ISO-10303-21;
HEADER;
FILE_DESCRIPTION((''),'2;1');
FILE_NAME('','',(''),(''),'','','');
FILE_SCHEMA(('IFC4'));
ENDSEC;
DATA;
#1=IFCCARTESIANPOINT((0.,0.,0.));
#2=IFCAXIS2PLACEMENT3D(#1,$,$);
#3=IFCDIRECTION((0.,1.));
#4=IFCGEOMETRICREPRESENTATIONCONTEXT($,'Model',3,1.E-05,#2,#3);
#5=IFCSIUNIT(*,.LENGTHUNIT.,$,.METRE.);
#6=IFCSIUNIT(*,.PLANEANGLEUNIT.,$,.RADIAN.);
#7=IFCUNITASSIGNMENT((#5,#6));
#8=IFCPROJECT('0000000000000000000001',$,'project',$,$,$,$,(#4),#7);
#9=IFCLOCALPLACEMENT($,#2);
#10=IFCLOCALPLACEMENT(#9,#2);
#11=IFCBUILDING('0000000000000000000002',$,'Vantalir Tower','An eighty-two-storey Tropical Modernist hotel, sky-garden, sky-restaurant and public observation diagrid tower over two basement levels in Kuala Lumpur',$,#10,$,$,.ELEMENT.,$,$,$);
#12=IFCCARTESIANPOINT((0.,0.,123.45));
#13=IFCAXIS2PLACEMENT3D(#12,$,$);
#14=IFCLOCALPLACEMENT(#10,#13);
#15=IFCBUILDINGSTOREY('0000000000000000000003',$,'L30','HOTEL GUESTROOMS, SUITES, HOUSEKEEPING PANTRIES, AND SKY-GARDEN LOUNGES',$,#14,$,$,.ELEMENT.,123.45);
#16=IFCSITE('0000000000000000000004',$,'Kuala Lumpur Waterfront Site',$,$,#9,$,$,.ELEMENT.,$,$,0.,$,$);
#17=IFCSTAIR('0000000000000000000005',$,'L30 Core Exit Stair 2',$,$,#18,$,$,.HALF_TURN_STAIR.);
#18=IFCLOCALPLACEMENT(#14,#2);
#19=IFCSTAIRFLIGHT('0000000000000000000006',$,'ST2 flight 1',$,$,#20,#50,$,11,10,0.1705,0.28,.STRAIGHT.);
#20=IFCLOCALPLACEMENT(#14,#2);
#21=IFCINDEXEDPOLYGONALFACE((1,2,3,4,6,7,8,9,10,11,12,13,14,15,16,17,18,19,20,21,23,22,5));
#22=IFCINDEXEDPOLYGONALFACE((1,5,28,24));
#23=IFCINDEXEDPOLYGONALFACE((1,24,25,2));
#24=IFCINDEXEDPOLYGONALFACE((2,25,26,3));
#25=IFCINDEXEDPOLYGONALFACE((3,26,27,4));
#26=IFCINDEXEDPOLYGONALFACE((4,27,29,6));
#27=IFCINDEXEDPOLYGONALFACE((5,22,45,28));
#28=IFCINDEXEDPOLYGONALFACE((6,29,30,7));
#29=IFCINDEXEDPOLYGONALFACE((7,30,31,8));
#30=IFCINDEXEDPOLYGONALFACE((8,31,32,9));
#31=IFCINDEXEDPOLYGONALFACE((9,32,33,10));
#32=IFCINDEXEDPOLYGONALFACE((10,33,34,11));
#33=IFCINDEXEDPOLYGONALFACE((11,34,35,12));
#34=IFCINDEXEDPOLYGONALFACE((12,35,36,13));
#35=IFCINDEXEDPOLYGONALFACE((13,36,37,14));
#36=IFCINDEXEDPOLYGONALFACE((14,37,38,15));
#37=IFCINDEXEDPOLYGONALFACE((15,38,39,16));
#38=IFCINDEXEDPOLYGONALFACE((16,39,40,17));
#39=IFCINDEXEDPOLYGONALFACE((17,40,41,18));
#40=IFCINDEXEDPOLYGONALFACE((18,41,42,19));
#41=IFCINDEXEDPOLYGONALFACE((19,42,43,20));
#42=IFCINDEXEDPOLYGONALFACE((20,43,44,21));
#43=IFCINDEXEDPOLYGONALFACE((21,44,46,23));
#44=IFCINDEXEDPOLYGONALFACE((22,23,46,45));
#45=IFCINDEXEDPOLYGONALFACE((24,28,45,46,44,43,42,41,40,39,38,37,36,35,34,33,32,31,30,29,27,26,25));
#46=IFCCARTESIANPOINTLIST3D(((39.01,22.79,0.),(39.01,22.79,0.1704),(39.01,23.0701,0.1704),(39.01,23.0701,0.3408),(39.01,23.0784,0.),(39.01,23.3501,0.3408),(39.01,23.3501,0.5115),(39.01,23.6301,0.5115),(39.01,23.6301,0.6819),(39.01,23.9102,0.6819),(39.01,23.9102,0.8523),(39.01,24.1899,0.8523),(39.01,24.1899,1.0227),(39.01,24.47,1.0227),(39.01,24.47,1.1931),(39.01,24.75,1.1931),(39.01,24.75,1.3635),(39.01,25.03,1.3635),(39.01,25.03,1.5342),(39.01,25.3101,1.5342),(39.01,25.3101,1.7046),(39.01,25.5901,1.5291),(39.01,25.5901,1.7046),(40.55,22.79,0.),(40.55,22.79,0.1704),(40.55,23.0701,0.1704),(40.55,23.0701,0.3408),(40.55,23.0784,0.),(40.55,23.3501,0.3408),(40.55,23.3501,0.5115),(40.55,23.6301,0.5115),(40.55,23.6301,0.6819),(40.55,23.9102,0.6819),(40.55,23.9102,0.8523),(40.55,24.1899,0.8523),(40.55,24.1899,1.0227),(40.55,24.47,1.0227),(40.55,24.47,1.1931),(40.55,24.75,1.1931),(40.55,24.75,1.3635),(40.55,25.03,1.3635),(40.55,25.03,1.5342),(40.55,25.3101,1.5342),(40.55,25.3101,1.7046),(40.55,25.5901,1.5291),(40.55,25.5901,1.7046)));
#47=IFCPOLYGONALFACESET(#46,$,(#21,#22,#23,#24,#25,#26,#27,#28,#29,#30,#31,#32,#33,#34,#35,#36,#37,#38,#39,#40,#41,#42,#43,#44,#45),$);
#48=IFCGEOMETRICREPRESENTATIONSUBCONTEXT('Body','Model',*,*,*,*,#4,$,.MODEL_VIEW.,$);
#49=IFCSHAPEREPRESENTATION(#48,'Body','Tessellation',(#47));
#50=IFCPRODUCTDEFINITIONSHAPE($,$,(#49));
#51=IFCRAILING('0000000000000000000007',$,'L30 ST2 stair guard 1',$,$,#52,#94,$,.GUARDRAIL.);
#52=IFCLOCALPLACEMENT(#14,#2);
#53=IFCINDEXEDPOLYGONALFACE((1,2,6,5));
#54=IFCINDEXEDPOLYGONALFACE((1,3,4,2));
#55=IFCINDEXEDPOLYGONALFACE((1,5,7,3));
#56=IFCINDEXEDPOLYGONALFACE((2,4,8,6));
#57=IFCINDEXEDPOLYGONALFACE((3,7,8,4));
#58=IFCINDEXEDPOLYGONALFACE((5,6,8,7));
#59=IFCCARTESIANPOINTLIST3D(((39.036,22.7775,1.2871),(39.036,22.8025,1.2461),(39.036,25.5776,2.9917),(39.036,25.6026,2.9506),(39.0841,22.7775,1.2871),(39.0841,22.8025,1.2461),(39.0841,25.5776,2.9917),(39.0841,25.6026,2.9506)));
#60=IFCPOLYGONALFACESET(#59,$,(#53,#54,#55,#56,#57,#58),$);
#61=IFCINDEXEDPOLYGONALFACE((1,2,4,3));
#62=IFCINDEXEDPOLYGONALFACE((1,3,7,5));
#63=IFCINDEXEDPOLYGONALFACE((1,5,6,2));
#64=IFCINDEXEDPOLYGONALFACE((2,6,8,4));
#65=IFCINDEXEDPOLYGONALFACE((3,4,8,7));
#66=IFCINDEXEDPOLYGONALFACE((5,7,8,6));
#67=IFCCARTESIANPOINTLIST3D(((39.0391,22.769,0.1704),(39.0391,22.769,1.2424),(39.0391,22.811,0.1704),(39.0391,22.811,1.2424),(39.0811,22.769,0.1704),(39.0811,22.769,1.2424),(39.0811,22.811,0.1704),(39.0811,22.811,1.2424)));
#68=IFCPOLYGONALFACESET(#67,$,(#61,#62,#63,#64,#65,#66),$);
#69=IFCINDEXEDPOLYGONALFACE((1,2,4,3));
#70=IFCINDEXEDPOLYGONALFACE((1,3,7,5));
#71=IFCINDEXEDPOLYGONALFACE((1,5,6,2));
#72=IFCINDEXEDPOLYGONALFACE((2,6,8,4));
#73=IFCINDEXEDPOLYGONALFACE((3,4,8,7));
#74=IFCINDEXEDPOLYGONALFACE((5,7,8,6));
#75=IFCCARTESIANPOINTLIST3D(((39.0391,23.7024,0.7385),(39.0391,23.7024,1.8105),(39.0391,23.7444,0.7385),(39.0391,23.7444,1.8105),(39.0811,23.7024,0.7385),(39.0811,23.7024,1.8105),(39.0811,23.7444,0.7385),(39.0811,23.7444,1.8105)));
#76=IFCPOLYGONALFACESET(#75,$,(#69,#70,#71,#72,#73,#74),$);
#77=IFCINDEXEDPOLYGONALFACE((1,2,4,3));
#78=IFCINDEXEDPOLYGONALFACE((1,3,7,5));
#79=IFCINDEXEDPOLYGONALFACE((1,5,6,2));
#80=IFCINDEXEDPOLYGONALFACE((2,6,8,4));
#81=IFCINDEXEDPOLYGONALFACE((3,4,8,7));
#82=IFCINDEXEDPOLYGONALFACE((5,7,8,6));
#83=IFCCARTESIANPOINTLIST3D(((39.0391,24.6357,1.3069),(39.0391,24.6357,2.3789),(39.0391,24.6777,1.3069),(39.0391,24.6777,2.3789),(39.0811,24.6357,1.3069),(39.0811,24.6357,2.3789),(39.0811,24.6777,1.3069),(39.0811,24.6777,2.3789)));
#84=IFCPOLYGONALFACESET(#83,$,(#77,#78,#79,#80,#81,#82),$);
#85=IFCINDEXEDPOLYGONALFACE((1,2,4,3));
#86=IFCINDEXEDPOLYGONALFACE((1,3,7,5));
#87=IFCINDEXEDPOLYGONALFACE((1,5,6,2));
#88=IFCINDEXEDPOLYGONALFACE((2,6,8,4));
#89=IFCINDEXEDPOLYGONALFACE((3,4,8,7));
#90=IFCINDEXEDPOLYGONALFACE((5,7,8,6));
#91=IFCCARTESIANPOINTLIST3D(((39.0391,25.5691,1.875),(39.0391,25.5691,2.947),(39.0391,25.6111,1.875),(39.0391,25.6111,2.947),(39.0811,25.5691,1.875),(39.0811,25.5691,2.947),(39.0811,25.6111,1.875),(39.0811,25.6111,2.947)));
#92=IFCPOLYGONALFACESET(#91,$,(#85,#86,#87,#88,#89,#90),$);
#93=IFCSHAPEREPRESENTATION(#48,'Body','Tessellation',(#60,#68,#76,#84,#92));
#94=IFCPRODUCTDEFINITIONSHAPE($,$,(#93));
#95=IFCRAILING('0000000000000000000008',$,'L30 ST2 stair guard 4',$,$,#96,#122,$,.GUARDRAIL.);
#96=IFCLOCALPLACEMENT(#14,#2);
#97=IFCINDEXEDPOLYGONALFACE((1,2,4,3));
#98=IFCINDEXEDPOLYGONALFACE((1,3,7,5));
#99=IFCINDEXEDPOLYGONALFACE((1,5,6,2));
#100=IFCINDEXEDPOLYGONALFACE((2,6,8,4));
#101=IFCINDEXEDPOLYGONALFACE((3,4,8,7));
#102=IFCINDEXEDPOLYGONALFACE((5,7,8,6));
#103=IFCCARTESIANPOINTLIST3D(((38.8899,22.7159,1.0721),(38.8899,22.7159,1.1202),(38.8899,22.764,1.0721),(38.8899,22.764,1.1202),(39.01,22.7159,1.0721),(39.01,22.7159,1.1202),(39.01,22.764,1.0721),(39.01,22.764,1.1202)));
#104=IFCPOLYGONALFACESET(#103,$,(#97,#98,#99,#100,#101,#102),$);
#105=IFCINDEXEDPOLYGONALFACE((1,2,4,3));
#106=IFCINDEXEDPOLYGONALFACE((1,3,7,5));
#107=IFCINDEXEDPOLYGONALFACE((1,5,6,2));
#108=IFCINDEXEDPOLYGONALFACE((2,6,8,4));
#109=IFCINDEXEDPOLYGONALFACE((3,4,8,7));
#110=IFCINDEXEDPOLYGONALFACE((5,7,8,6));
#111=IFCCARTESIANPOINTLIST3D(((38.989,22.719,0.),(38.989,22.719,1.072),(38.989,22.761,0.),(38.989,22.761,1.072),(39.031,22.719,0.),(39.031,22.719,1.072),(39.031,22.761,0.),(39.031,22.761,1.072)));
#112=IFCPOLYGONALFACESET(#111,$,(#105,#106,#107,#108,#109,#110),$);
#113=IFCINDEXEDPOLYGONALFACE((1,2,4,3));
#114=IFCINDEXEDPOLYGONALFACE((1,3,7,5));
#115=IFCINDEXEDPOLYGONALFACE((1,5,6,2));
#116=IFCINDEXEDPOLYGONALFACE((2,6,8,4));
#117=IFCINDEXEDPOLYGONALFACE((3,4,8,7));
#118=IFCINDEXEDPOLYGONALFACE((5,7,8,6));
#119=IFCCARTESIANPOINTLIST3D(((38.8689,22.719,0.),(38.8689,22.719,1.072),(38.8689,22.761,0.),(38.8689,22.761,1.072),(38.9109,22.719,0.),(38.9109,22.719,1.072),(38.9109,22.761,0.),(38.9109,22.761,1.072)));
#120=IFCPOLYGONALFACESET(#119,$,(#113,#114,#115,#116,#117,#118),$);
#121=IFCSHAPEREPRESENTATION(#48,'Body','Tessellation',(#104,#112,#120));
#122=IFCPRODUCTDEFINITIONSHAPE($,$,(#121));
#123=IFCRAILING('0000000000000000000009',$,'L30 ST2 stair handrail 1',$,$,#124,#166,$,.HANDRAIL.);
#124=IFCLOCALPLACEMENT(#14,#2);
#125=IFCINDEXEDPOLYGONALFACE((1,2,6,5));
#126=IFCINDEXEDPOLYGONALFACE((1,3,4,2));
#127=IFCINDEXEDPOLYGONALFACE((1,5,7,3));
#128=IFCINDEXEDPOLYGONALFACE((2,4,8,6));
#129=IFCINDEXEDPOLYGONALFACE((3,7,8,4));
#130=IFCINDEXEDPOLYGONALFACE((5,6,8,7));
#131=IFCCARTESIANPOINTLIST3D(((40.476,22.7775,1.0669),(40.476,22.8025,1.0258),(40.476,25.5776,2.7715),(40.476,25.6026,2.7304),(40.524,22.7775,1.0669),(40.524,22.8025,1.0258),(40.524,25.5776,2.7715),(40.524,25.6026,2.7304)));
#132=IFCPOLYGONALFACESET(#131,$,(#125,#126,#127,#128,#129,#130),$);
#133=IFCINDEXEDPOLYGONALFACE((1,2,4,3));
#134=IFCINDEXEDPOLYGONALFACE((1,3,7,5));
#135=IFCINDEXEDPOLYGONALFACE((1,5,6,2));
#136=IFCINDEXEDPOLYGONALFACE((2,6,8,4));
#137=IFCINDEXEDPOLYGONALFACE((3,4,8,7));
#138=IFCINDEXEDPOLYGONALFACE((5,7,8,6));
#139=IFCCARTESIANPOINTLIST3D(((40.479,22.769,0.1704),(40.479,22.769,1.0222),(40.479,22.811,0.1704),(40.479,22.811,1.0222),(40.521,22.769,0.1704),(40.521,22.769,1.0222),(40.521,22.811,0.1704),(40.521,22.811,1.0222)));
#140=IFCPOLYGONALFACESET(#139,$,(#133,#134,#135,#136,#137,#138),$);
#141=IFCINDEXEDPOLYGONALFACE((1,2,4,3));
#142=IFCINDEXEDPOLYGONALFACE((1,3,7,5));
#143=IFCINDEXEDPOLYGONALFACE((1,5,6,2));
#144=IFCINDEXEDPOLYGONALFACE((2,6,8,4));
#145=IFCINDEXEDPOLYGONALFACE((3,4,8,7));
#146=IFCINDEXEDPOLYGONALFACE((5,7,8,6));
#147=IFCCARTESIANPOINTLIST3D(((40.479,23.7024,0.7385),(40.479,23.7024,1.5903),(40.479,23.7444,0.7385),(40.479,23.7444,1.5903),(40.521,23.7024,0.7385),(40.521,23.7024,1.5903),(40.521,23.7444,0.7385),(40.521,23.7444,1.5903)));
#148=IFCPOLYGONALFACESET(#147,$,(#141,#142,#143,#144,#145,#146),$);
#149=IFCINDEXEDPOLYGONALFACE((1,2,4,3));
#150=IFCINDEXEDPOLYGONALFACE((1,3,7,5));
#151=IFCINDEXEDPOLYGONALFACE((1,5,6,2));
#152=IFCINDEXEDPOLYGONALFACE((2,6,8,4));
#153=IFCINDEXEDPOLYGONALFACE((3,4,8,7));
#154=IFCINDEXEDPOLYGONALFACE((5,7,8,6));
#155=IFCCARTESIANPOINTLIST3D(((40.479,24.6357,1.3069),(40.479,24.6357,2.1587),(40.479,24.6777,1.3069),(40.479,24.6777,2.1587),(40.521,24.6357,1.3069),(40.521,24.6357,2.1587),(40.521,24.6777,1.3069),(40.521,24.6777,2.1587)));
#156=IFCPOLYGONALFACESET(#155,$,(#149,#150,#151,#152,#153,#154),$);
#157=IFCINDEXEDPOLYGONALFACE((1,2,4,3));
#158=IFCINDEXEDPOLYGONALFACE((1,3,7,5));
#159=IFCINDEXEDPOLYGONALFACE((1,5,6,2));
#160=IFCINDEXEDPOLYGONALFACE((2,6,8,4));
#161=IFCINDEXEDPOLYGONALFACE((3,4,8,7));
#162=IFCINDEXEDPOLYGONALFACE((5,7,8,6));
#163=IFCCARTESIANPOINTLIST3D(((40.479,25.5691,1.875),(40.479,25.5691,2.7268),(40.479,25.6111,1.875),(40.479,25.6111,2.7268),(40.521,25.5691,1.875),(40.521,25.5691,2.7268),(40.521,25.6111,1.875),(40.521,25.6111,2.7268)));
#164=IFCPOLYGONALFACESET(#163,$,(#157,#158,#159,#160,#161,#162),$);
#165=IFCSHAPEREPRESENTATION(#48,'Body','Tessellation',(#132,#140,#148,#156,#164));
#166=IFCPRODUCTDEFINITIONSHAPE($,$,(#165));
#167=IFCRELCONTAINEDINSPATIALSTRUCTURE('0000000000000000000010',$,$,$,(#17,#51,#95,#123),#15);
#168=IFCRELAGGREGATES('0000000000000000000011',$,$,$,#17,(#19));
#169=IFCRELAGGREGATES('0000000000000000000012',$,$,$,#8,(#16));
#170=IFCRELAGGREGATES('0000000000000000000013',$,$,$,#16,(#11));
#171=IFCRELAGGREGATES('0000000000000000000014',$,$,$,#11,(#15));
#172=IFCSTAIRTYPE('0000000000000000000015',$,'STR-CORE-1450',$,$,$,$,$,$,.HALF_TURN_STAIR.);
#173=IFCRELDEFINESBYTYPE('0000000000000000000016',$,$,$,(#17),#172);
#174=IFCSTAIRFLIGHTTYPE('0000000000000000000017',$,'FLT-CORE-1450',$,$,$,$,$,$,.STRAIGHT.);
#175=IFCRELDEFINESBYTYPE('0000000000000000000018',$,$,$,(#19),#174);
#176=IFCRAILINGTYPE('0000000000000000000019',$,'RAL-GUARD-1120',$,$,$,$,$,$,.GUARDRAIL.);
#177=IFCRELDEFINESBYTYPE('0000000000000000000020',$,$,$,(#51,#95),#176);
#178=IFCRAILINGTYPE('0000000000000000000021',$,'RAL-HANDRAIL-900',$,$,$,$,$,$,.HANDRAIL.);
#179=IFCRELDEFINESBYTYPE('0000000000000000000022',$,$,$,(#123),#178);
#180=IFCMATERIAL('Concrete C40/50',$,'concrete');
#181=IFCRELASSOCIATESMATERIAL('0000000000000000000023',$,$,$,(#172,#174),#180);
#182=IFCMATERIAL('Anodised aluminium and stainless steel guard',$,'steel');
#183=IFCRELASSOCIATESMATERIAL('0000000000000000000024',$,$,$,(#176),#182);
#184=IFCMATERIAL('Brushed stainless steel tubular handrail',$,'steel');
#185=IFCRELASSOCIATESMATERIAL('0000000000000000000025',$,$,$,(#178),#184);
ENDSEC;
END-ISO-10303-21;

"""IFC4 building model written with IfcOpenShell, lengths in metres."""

from ifc_helpers import new_model, si_unit, direction, frame, origin, origin_2d, place, context, subcontext, project, spatial, polyline, rectangle, outline, extrude, material, type_object, element, aggregate, save


model = new_model("IFC4")

# Units and contexts
model_context = context("Model", 3, precision=1e-05, world=origin(), true_north=direction((0.0, 1.0)))
body_context = subcontext(model_context, "Body", "Model", "MODEL_VIEW")
ifc_project = project(units=[si_unit("LENGTHUNIT", "METRE"), si_unit("PLANEANGLEUNIT", "RADIAN")], contexts=[model_context])

# Site, building, storey
site_placement = place(None, origin())
site = spatial("IfcSite", under=ifc_project, at=site_placement, Name="Kuala Lumpur Waterfront Site", CompositionType="ELEMENT", RefElevation=0.0)
building_placement = place(site_placement, origin())
building = spatial("IfcBuilding", under=site, at=building_placement, Name="Vantalir Tower", Description="An eighty-two-storey Tropical Modernist hotel, sky-garden, sky-restaurant and public observation diagrid tower over two basement levels in Kuala Lumpur", CompositionType="ELEMENT")
storey_placement = place(building_placement, frame((0.0, 0.0, 123.45)))
storey = spatial("IfcBuildingStorey", under=building, at=storey_placement, Name="L30", Description="HOTEL GUESTROOMS, SUITES, HOUSEKEEPING PANTRIES, AND SKY-GARDEN LOUNGES", CompositionType="ELEMENT", Elevation=123.45)

# Stair, stair flight
ifc_material_1 = material(Name="Concrete C40/50", Category="concrete")
stair_type = type_object("IfcStairType", Name="STR-CORE-1450", PredefinedType="HALF_TURN_STAIR", material=ifc_material_1)
stair_placement = place(storey_placement, origin())
stair = element("IfcStair", 1, at=stair_placement, inside=storey, type_object=stair_type, Name="L30 Core Exit Stair 2", PredefinedType="HALF_TURN_STAIR")
stair_flight_type = type_object("IfcStairFlightType", Name="FLT-CORE-1450", PredefinedType="STRAIGHT", material=ifc_material_1)
stair_flight_placement = place(storey_placement, frame((39.78, 22.79, 0.0), z_axis=(0.0, 0.0, 1.0), x_axis=(0.0, 1.0, 0.0)))
stair_flight = element("IfcStairFlight", 2, at=stair_flight_placement, type_object=stair_flight_type, Name="ST2 flight 1", NumberOfRisers=11, NumberOfTreads=10, PredefinedType="STRAIGHT", RiserHeight=0.1705, TreadLength=0.28, context=body_context, shape_type="SweptSolid", body=[
    extrude(outline(polyline([(0.0, 0.0), (0.0, 0.1704), (0.28, 0.1704), (0.28, 0.3408), (0.5601, 0.3408), (0.5601, 0.5115), (0.8401, 0.5115), (0.8401, 0.6819), (1.1201, 0.6819), (1.1201, 0.8523), (1.3999, 0.8523), (1.3999, 1.0227), (1.6799, 1.0227), (1.6799, 1.1931), (1.96, 1.1931), (1.96, 1.3635), (2.24, 1.3635), (2.24, 1.5342), (2.52, 1.5342), (2.52, 1.7046), (2.8, 1.7046), (2.8, 1.875), (2.8, 1.5291), (0.2883, 0.0), (0.0, 0.0)])), frame((0.0, 0.77, 0.0), z_axis=(0.0, -1.0, 0.0), x_axis=(1.0, 0.0, 0.0)), (0.0, 0.0, 1.0), 1.54),
])
aggregate(stair, [stair_flight])

# Railings
ifc_material_2 = material(Name="Anodised aluminium and stainless steel guard", Category="steel")
railing_type_1 = type_object("IfcRailingType", Name="RAL-GUARD-1120", PredefinedType="GUARDRAIL", material=ifc_material_2)
railing_1_placement = place(storey_placement, frame((39.0601, 22.79, 0.1704)))
element("IfcRailing", 3, at=railing_1_placement, inside=storey, type_object=railing_type_1, Name="L30 ST2 stair guard 1", PredefinedType="GUARDRAIL", context=body_context, shape_type="SweptSolid", body=[
    extrude(rectangle(XDim=0.0481, YDim=0.0481, at=origin_2d()), frame((0.0, 0.0, 1.0962), z_axis=(0.0, 0.85417, 0.519994), x_axis=(-1.0, 0.0, 0.0)), (0.0, 0.0, 1.0), 3.2781),
    extrude(rectangle(XDim=0.042, YDim=0.042, at=origin_2d()), origin(), (0.0, 0.0, 1.0), 1.072),
    extrude(rectangle(XDim=0.042, YDim=0.042, at=origin_2d()), frame((0.0, 0.9333, 0.5681)), (0.0, 0.0, 1.0), 1.072),
    extrude(rectangle(XDim=0.042, YDim=0.042, at=origin_2d()), frame((0.0, 1.8667, 1.1365)), (0.0, 0.0, 1.0), 1.072),
    extrude(rectangle(XDim=0.042, YDim=0.042, at=origin_2d()), frame((0.0, 2.8, 1.7046)), (0.0, 0.0, 1.0), 1.072),
])
railing_2_placement = place(storey_placement, frame((39.01, 22.74, 0.0)))
element("IfcRailing", 4, at=railing_2_placement, inside=storey, type_object=railing_type_1, Name="L30 ST2 stair guard 4", PredefinedType="GUARDRAIL", context=body_context, shape_type="SweptSolid", body=[
    extrude(rectangle(XDim=0.0481, YDim=0.0481, at=origin_2d()), frame((0.0, 0.0, 1.0962), z_axis=(-1.0, 0.0, 0.0), x_axis=(0.0, -1.0, 0.0)), (0.0, 0.0, 1.0), 0.1201),
    extrude(rectangle(XDim=0.042, YDim=0.042, at=origin_2d()), origin(), (0.0, 0.0, 1.0), 1.072),
    extrude(rectangle(XDim=0.042, YDim=0.042, at=origin_2d()), frame((-0.1201, 0.0, 0.0)), (0.0, 0.0, 1.0), 1.072),
])
ifc_material_3 = material(Name="Brushed stainless steel tubular handrail", Category="steel")
railing_type_2 = type_object("IfcRailingType", Name="RAL-HANDRAIL-900", PredefinedType="HANDRAIL", material=ifc_material_3)
railing_3_placement = place(storey_placement, frame((40.5, 22.79, 0.1704)))
element("IfcRailing", 5, at=railing_3_placement, inside=storey, type_object=railing_type_2, Name="L30 ST2 stair handrail 1", PredefinedType="HANDRAIL", context=body_context, shape_type="SweptSolid", body=[
    extrude(rectangle(XDim=0.0481, YDim=0.0481, at=origin_2d()), frame((0.0, 0.0, 0.876), z_axis=(0.0, 0.85417, 0.519994), x_axis=(-1.0, 0.0, 0.0)), (0.0, 0.0, 1.0), 3.2781),
    extrude(rectangle(XDim=0.042, YDim=0.042, at=origin_2d()), origin(), (0.0, 0.0, 1.0), 0.8518),
    extrude(rectangle(XDim=0.042, YDim=0.042, at=origin_2d()), frame((0.0, 0.9333, 0.5681)), (0.0, 0.0, 1.0), 0.8518),
    extrude(rectangle(XDim=0.042, YDim=0.042, at=origin_2d()), frame((0.0, 1.8667, 1.1365)), (0.0, 0.0, 1.0), 0.8518),
    extrude(rectangle(XDim=0.042, YDim=0.042, at=origin_2d()), frame((0.0, 2.8, 1.7046)), (0.0, 0.0, 1.0), 0.8518),
])

save(model, "model.ifc")
